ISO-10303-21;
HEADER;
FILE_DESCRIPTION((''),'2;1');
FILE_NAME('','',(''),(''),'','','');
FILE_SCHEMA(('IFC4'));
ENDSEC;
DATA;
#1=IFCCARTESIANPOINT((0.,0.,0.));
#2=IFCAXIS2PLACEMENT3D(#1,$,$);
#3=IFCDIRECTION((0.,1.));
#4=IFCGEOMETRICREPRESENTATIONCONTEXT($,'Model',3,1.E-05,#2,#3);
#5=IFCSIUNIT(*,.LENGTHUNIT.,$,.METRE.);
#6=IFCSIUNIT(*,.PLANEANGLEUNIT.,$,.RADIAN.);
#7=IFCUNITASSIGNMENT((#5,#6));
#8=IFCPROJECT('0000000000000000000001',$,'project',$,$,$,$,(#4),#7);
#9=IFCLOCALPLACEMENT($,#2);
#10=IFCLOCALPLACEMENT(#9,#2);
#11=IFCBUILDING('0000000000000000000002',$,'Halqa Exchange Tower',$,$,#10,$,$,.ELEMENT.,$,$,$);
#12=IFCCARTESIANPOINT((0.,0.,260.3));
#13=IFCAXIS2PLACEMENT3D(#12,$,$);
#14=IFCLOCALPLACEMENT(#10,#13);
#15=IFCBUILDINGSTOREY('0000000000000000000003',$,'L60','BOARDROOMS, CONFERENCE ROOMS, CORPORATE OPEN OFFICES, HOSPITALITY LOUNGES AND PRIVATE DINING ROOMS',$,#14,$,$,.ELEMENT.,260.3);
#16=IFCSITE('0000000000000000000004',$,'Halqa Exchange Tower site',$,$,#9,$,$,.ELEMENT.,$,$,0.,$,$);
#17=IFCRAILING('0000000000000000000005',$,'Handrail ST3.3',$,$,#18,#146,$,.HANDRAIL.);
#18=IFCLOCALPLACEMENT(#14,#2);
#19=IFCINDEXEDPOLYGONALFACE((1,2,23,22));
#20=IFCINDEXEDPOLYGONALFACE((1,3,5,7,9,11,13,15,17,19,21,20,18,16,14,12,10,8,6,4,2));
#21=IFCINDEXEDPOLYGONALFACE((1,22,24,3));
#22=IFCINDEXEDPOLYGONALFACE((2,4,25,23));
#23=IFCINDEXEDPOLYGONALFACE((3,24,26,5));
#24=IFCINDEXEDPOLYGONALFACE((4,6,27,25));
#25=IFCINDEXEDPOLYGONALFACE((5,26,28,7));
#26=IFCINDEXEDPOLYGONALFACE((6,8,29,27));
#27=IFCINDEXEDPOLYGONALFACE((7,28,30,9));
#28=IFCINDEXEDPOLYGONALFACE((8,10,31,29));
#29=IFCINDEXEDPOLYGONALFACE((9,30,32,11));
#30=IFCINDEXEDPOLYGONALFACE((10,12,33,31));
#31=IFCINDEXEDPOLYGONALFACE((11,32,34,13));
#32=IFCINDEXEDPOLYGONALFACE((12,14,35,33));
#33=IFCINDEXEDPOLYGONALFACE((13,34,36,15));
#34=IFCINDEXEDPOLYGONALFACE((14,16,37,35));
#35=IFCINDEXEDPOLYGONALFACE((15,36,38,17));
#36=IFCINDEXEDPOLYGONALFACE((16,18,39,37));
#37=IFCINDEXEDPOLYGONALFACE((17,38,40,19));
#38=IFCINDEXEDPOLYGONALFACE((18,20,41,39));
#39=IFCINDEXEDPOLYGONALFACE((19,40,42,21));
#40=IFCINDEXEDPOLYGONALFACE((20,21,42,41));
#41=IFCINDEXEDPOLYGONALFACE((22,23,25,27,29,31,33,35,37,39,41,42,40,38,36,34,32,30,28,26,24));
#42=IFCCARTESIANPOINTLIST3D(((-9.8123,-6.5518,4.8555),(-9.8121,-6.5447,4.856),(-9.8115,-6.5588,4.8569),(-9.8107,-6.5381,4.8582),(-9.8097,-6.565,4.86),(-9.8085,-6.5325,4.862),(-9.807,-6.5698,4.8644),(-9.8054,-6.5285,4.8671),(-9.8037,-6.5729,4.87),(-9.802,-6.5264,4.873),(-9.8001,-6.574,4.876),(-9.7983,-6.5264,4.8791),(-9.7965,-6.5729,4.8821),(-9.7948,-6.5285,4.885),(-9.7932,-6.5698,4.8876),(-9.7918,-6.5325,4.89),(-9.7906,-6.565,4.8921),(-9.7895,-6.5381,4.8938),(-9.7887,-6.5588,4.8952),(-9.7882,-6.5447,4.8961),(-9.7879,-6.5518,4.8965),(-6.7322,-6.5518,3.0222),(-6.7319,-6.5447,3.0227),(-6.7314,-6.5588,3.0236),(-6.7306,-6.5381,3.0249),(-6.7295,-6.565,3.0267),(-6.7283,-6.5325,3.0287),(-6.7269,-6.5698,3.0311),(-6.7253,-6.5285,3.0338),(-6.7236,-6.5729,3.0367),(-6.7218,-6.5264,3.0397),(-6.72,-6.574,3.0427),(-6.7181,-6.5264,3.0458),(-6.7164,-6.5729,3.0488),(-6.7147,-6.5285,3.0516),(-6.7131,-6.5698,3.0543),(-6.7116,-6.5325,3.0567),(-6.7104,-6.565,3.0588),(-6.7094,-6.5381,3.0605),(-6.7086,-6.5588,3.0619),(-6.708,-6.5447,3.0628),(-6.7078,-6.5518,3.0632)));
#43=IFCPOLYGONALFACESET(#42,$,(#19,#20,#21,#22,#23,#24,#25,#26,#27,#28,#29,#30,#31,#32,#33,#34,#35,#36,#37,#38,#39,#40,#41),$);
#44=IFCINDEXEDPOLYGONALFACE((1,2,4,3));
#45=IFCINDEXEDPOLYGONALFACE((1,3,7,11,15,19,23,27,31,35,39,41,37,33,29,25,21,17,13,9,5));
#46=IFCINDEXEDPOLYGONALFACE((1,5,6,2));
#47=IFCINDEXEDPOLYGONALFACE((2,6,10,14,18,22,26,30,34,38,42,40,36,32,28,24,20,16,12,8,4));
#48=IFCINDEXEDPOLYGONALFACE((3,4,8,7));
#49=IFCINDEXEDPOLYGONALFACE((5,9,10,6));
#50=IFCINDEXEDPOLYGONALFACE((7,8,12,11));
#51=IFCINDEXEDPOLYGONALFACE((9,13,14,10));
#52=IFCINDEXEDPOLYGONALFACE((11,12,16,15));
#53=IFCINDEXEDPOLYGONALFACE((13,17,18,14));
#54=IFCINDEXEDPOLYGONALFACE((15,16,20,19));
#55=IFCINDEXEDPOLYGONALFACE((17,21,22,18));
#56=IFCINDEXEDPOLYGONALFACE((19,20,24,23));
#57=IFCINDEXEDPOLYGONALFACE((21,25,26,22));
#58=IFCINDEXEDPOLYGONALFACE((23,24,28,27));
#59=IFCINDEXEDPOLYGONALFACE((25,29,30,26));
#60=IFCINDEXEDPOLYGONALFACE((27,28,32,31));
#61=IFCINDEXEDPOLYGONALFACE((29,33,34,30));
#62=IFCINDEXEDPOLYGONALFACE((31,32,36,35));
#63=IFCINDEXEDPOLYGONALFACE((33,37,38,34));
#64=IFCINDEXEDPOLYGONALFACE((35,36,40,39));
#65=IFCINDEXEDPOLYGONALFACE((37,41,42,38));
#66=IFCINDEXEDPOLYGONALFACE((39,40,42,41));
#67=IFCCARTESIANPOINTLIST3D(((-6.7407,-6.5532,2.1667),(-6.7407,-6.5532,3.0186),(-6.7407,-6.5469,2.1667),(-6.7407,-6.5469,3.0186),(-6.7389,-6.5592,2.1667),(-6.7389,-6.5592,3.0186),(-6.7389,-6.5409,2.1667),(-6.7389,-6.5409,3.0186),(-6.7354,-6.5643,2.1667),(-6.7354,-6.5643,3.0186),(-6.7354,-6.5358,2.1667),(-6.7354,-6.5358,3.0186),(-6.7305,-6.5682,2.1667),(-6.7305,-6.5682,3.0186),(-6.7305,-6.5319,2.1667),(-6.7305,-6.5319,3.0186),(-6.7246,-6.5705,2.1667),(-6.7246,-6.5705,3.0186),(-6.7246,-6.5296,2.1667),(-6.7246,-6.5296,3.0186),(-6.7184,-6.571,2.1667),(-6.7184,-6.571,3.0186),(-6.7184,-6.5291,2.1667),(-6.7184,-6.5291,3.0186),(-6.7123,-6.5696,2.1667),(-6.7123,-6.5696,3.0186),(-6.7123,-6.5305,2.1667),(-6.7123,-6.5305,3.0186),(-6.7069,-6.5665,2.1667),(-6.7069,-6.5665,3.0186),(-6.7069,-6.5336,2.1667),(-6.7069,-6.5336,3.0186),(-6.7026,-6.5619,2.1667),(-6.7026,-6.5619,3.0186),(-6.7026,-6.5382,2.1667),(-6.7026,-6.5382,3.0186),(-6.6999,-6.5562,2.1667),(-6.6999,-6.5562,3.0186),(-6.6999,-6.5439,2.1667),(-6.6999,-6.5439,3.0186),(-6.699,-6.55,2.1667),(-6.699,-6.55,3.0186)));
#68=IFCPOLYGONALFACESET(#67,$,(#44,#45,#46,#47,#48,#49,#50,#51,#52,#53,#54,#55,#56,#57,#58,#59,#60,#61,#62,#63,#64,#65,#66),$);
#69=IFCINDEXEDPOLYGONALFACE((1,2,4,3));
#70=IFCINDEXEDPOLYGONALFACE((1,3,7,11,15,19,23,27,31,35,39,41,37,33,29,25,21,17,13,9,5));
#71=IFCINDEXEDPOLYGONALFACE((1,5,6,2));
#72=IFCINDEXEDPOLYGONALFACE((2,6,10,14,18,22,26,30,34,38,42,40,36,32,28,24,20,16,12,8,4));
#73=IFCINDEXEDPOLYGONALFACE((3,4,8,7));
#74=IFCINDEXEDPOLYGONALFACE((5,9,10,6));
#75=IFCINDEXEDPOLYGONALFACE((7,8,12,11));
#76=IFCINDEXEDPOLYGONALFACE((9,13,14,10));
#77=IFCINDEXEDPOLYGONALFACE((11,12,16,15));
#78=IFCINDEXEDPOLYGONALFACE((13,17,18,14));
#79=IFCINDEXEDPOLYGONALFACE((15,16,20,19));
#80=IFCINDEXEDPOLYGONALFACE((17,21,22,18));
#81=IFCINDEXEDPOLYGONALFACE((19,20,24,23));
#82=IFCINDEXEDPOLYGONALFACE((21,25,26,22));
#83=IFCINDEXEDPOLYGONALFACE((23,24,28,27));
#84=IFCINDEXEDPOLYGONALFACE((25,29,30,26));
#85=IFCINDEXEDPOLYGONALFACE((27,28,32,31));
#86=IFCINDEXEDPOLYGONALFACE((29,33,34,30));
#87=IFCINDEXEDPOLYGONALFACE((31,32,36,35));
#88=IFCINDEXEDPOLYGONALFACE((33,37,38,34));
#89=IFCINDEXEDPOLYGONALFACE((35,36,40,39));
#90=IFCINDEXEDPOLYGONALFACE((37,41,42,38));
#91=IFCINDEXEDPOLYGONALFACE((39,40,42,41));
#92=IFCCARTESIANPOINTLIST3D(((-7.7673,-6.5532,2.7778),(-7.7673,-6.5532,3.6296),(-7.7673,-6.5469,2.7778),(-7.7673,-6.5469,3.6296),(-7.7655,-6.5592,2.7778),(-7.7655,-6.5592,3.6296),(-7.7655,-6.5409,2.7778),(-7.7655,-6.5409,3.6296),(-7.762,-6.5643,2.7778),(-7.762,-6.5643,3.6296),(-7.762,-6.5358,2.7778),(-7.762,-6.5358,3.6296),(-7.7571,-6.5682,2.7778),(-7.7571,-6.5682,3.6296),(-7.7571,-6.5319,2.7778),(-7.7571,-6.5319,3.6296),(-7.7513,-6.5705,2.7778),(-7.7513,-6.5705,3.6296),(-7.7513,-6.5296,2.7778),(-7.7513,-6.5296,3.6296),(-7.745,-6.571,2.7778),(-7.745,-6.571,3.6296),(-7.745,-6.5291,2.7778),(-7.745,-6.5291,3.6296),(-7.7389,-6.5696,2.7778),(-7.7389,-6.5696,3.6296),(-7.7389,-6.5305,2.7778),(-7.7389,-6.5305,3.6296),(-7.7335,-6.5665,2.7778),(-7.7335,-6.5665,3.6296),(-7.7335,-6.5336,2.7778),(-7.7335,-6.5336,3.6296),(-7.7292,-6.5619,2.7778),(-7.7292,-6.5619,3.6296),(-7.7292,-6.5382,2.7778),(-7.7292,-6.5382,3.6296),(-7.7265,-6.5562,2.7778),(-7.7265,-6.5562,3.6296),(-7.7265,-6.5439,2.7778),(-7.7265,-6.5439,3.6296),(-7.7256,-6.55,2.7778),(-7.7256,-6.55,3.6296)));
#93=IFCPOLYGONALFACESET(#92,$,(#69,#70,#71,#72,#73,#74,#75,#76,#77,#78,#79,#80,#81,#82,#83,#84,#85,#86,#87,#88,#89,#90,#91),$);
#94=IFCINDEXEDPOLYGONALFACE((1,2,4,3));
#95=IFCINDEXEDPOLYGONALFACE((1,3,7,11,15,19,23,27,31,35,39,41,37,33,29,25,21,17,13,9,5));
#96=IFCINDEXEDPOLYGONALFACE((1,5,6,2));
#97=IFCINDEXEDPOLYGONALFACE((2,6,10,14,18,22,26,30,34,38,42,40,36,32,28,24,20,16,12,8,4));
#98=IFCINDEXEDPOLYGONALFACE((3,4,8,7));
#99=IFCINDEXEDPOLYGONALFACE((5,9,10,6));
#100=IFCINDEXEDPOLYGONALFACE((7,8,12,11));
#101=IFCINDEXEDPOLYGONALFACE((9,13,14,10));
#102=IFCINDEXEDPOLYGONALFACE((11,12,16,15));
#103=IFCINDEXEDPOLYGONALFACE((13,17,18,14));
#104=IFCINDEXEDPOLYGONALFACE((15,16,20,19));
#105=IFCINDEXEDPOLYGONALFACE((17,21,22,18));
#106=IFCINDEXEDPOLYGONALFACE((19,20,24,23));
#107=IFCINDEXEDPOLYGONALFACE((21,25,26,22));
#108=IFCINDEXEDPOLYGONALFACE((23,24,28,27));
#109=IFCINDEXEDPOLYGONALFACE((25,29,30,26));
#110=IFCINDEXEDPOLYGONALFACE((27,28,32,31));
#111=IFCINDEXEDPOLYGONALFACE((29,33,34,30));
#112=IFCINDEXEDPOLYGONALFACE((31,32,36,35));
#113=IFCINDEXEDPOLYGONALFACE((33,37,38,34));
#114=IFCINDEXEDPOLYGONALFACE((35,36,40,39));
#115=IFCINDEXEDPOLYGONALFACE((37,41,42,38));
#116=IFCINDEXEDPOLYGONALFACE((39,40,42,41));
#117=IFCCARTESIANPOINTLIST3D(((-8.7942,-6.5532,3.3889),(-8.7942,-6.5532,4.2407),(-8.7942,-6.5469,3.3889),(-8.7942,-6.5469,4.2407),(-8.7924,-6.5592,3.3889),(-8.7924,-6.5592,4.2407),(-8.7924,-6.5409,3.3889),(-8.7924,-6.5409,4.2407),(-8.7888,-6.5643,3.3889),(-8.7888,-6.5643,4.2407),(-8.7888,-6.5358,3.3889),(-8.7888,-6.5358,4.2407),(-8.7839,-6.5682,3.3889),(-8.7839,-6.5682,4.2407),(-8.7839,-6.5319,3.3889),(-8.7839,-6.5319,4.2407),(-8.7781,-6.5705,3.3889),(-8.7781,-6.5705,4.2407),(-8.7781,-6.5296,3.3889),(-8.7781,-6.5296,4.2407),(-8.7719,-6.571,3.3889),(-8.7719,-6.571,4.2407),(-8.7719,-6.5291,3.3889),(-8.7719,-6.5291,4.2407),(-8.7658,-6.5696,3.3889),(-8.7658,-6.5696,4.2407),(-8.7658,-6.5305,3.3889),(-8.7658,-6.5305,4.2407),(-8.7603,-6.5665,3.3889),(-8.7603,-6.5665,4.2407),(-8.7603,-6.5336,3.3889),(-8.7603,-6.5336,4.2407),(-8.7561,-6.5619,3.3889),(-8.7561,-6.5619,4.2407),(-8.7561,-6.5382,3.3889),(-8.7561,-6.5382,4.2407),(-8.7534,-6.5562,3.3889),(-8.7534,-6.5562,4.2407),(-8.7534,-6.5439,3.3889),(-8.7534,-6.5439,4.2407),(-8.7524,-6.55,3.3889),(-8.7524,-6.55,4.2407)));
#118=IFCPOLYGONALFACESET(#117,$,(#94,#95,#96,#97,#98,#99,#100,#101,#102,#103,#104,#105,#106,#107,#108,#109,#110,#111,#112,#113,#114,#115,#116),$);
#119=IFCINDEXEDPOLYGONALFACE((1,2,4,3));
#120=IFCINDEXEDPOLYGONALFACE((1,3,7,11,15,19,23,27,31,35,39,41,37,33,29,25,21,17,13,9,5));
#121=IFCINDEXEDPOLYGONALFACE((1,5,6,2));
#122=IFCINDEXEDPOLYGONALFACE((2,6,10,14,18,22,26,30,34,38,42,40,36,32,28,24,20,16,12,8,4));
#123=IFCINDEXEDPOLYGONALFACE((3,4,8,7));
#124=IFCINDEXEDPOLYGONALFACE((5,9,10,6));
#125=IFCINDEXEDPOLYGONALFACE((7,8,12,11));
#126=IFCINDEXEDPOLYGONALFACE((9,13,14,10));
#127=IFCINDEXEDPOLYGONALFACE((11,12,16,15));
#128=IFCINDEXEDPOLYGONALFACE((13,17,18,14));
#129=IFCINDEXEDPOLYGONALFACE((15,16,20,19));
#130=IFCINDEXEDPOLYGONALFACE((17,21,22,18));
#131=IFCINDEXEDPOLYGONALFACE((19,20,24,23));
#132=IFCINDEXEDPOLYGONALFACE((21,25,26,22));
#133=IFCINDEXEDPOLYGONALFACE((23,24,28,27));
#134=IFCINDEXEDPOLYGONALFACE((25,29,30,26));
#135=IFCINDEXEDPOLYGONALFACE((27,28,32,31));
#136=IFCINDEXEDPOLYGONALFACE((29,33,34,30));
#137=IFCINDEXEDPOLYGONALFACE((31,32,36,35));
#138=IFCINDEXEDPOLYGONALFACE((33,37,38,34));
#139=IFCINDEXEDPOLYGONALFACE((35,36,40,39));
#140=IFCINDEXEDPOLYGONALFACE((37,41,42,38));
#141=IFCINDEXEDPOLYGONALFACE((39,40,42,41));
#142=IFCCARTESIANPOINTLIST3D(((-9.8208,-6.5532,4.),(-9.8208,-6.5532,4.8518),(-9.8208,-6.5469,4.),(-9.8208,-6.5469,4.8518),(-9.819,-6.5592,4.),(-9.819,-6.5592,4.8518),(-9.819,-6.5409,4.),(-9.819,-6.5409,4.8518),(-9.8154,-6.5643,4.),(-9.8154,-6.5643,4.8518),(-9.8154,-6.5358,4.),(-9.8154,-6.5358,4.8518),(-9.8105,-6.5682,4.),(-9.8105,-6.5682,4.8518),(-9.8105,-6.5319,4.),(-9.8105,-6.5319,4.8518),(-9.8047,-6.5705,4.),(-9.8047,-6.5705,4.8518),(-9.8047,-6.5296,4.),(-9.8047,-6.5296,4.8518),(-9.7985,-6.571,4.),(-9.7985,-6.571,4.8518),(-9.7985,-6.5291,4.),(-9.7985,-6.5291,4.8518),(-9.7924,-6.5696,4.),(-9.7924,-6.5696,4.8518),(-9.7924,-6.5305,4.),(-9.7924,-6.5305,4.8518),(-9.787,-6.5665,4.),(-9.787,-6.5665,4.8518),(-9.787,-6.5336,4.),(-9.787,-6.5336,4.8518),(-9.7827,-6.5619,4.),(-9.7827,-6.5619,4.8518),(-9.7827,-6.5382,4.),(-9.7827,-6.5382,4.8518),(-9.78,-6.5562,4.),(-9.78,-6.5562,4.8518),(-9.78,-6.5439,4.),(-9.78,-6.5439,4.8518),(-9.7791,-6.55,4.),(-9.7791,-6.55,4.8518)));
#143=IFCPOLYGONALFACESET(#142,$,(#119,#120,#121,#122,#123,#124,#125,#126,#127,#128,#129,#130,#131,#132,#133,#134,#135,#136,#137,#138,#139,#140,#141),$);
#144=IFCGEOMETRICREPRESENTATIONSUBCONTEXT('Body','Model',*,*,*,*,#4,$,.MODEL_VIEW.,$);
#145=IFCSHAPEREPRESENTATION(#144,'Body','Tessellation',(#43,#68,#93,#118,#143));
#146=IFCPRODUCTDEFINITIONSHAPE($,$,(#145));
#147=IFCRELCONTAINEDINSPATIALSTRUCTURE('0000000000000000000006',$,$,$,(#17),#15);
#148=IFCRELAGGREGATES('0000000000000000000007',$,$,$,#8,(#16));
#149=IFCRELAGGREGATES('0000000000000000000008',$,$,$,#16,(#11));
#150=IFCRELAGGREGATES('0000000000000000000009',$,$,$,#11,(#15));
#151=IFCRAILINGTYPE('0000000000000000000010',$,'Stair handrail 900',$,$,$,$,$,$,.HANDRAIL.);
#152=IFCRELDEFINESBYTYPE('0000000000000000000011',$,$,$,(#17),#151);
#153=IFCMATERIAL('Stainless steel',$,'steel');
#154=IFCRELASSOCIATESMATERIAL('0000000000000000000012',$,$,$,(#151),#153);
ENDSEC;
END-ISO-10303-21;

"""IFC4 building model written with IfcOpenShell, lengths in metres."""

from ifc_helpers import new_model, si_unit, direction, frame, origin, origin_2d, place, context, subcontext, project, spatial, circle, extrude, material, type_object, element, save


model = new_model("IFC4")

# Units and contexts
model_context = context("Model", 3, precision=1e-05, world=origin(), true_north=direction((0.0, 1.0)))
body_context = subcontext(model_context, "Body", "Model", "MODEL_VIEW")
ifc_project = project(units=[si_unit("LENGTHUNIT", "METRE"), si_unit("PLANEANGLEUNIT", "RADIAN")], contexts=[model_context])

# Site, building, storey
site_placement = place(None, origin())
site = spatial("IfcSite", under=ifc_project, at=site_placement, Name="Halqa Exchange Tower site", CompositionType="ELEMENT", RefElevation=0.0)
building_placement = place(site_placement, origin())
building = spatial("IfcBuilding", under=site, at=building_placement, Name="Halqa Exchange Tower", CompositionType="ELEMENT")
storey_placement = place(building_placement, frame((0.0, 0.0, 260.3)))
storey = spatial("IfcBuildingStorey", under=building, at=storey_placement, Name="L60", Description="BOARDROOMS, CONFERENCE ROOMS, CORPORATE OPEN OFFICES, HOSPITALITY LOUNGES AND PRIVATE DINING ROOMS", CompositionType="ELEMENT", Elevation=260.3)

# Shared definitions
ifc_material_1 = material(Name="Stainless steel", Category="steel")

# Railing
railing_type_1 = type_object("IfcRailingType", Name="Stair handrail 900", PredefinedType="HANDRAIL", material=ifc_material_1)
railing_1_placement = place(storey_placement, frame((-6.72, -6.55, 2.1667)))
element("IfcRailing", 1, at=railing_1_placement, inside=storey, type_object=railing_type_1, Name="Handrail ST3.3", PredefinedType="HANDRAIL", context=body_context, shape_type="SweptSolid", body=[
    extrude(circle(Radius=0.0239, at=origin_2d()), frame((0.0, 0.0, 0.876), z_axis=(-0.859309, 0.0, 0.511458), x_axis=(0.0, -1.0, 0.0)), (0.0, 0.0, 1.0), 3.5845),
    extrude(circle(Radius=0.021, at=origin_2d()), origin(), (0.0, 0.0, 1.0), 0.8518),
    extrude(circle(Radius=0.021, at=origin_2d()), frame((-1.0266, 0.0, 0.6111)), (0.0, 0.0, 1.0), 0.8518),
    extrude(circle(Radius=0.021, at=origin_2d()), frame((-2.0535, 0.0, 1.2222)), (0.0, 0.0, 1.0), 0.8518),
    extrude(circle(Radius=0.021, at=origin_2d()), frame((-3.0801, 0.0, 1.8333)), (0.0, 0.0, 1.0), 0.8518),
])

save(model, "model.ifc")
